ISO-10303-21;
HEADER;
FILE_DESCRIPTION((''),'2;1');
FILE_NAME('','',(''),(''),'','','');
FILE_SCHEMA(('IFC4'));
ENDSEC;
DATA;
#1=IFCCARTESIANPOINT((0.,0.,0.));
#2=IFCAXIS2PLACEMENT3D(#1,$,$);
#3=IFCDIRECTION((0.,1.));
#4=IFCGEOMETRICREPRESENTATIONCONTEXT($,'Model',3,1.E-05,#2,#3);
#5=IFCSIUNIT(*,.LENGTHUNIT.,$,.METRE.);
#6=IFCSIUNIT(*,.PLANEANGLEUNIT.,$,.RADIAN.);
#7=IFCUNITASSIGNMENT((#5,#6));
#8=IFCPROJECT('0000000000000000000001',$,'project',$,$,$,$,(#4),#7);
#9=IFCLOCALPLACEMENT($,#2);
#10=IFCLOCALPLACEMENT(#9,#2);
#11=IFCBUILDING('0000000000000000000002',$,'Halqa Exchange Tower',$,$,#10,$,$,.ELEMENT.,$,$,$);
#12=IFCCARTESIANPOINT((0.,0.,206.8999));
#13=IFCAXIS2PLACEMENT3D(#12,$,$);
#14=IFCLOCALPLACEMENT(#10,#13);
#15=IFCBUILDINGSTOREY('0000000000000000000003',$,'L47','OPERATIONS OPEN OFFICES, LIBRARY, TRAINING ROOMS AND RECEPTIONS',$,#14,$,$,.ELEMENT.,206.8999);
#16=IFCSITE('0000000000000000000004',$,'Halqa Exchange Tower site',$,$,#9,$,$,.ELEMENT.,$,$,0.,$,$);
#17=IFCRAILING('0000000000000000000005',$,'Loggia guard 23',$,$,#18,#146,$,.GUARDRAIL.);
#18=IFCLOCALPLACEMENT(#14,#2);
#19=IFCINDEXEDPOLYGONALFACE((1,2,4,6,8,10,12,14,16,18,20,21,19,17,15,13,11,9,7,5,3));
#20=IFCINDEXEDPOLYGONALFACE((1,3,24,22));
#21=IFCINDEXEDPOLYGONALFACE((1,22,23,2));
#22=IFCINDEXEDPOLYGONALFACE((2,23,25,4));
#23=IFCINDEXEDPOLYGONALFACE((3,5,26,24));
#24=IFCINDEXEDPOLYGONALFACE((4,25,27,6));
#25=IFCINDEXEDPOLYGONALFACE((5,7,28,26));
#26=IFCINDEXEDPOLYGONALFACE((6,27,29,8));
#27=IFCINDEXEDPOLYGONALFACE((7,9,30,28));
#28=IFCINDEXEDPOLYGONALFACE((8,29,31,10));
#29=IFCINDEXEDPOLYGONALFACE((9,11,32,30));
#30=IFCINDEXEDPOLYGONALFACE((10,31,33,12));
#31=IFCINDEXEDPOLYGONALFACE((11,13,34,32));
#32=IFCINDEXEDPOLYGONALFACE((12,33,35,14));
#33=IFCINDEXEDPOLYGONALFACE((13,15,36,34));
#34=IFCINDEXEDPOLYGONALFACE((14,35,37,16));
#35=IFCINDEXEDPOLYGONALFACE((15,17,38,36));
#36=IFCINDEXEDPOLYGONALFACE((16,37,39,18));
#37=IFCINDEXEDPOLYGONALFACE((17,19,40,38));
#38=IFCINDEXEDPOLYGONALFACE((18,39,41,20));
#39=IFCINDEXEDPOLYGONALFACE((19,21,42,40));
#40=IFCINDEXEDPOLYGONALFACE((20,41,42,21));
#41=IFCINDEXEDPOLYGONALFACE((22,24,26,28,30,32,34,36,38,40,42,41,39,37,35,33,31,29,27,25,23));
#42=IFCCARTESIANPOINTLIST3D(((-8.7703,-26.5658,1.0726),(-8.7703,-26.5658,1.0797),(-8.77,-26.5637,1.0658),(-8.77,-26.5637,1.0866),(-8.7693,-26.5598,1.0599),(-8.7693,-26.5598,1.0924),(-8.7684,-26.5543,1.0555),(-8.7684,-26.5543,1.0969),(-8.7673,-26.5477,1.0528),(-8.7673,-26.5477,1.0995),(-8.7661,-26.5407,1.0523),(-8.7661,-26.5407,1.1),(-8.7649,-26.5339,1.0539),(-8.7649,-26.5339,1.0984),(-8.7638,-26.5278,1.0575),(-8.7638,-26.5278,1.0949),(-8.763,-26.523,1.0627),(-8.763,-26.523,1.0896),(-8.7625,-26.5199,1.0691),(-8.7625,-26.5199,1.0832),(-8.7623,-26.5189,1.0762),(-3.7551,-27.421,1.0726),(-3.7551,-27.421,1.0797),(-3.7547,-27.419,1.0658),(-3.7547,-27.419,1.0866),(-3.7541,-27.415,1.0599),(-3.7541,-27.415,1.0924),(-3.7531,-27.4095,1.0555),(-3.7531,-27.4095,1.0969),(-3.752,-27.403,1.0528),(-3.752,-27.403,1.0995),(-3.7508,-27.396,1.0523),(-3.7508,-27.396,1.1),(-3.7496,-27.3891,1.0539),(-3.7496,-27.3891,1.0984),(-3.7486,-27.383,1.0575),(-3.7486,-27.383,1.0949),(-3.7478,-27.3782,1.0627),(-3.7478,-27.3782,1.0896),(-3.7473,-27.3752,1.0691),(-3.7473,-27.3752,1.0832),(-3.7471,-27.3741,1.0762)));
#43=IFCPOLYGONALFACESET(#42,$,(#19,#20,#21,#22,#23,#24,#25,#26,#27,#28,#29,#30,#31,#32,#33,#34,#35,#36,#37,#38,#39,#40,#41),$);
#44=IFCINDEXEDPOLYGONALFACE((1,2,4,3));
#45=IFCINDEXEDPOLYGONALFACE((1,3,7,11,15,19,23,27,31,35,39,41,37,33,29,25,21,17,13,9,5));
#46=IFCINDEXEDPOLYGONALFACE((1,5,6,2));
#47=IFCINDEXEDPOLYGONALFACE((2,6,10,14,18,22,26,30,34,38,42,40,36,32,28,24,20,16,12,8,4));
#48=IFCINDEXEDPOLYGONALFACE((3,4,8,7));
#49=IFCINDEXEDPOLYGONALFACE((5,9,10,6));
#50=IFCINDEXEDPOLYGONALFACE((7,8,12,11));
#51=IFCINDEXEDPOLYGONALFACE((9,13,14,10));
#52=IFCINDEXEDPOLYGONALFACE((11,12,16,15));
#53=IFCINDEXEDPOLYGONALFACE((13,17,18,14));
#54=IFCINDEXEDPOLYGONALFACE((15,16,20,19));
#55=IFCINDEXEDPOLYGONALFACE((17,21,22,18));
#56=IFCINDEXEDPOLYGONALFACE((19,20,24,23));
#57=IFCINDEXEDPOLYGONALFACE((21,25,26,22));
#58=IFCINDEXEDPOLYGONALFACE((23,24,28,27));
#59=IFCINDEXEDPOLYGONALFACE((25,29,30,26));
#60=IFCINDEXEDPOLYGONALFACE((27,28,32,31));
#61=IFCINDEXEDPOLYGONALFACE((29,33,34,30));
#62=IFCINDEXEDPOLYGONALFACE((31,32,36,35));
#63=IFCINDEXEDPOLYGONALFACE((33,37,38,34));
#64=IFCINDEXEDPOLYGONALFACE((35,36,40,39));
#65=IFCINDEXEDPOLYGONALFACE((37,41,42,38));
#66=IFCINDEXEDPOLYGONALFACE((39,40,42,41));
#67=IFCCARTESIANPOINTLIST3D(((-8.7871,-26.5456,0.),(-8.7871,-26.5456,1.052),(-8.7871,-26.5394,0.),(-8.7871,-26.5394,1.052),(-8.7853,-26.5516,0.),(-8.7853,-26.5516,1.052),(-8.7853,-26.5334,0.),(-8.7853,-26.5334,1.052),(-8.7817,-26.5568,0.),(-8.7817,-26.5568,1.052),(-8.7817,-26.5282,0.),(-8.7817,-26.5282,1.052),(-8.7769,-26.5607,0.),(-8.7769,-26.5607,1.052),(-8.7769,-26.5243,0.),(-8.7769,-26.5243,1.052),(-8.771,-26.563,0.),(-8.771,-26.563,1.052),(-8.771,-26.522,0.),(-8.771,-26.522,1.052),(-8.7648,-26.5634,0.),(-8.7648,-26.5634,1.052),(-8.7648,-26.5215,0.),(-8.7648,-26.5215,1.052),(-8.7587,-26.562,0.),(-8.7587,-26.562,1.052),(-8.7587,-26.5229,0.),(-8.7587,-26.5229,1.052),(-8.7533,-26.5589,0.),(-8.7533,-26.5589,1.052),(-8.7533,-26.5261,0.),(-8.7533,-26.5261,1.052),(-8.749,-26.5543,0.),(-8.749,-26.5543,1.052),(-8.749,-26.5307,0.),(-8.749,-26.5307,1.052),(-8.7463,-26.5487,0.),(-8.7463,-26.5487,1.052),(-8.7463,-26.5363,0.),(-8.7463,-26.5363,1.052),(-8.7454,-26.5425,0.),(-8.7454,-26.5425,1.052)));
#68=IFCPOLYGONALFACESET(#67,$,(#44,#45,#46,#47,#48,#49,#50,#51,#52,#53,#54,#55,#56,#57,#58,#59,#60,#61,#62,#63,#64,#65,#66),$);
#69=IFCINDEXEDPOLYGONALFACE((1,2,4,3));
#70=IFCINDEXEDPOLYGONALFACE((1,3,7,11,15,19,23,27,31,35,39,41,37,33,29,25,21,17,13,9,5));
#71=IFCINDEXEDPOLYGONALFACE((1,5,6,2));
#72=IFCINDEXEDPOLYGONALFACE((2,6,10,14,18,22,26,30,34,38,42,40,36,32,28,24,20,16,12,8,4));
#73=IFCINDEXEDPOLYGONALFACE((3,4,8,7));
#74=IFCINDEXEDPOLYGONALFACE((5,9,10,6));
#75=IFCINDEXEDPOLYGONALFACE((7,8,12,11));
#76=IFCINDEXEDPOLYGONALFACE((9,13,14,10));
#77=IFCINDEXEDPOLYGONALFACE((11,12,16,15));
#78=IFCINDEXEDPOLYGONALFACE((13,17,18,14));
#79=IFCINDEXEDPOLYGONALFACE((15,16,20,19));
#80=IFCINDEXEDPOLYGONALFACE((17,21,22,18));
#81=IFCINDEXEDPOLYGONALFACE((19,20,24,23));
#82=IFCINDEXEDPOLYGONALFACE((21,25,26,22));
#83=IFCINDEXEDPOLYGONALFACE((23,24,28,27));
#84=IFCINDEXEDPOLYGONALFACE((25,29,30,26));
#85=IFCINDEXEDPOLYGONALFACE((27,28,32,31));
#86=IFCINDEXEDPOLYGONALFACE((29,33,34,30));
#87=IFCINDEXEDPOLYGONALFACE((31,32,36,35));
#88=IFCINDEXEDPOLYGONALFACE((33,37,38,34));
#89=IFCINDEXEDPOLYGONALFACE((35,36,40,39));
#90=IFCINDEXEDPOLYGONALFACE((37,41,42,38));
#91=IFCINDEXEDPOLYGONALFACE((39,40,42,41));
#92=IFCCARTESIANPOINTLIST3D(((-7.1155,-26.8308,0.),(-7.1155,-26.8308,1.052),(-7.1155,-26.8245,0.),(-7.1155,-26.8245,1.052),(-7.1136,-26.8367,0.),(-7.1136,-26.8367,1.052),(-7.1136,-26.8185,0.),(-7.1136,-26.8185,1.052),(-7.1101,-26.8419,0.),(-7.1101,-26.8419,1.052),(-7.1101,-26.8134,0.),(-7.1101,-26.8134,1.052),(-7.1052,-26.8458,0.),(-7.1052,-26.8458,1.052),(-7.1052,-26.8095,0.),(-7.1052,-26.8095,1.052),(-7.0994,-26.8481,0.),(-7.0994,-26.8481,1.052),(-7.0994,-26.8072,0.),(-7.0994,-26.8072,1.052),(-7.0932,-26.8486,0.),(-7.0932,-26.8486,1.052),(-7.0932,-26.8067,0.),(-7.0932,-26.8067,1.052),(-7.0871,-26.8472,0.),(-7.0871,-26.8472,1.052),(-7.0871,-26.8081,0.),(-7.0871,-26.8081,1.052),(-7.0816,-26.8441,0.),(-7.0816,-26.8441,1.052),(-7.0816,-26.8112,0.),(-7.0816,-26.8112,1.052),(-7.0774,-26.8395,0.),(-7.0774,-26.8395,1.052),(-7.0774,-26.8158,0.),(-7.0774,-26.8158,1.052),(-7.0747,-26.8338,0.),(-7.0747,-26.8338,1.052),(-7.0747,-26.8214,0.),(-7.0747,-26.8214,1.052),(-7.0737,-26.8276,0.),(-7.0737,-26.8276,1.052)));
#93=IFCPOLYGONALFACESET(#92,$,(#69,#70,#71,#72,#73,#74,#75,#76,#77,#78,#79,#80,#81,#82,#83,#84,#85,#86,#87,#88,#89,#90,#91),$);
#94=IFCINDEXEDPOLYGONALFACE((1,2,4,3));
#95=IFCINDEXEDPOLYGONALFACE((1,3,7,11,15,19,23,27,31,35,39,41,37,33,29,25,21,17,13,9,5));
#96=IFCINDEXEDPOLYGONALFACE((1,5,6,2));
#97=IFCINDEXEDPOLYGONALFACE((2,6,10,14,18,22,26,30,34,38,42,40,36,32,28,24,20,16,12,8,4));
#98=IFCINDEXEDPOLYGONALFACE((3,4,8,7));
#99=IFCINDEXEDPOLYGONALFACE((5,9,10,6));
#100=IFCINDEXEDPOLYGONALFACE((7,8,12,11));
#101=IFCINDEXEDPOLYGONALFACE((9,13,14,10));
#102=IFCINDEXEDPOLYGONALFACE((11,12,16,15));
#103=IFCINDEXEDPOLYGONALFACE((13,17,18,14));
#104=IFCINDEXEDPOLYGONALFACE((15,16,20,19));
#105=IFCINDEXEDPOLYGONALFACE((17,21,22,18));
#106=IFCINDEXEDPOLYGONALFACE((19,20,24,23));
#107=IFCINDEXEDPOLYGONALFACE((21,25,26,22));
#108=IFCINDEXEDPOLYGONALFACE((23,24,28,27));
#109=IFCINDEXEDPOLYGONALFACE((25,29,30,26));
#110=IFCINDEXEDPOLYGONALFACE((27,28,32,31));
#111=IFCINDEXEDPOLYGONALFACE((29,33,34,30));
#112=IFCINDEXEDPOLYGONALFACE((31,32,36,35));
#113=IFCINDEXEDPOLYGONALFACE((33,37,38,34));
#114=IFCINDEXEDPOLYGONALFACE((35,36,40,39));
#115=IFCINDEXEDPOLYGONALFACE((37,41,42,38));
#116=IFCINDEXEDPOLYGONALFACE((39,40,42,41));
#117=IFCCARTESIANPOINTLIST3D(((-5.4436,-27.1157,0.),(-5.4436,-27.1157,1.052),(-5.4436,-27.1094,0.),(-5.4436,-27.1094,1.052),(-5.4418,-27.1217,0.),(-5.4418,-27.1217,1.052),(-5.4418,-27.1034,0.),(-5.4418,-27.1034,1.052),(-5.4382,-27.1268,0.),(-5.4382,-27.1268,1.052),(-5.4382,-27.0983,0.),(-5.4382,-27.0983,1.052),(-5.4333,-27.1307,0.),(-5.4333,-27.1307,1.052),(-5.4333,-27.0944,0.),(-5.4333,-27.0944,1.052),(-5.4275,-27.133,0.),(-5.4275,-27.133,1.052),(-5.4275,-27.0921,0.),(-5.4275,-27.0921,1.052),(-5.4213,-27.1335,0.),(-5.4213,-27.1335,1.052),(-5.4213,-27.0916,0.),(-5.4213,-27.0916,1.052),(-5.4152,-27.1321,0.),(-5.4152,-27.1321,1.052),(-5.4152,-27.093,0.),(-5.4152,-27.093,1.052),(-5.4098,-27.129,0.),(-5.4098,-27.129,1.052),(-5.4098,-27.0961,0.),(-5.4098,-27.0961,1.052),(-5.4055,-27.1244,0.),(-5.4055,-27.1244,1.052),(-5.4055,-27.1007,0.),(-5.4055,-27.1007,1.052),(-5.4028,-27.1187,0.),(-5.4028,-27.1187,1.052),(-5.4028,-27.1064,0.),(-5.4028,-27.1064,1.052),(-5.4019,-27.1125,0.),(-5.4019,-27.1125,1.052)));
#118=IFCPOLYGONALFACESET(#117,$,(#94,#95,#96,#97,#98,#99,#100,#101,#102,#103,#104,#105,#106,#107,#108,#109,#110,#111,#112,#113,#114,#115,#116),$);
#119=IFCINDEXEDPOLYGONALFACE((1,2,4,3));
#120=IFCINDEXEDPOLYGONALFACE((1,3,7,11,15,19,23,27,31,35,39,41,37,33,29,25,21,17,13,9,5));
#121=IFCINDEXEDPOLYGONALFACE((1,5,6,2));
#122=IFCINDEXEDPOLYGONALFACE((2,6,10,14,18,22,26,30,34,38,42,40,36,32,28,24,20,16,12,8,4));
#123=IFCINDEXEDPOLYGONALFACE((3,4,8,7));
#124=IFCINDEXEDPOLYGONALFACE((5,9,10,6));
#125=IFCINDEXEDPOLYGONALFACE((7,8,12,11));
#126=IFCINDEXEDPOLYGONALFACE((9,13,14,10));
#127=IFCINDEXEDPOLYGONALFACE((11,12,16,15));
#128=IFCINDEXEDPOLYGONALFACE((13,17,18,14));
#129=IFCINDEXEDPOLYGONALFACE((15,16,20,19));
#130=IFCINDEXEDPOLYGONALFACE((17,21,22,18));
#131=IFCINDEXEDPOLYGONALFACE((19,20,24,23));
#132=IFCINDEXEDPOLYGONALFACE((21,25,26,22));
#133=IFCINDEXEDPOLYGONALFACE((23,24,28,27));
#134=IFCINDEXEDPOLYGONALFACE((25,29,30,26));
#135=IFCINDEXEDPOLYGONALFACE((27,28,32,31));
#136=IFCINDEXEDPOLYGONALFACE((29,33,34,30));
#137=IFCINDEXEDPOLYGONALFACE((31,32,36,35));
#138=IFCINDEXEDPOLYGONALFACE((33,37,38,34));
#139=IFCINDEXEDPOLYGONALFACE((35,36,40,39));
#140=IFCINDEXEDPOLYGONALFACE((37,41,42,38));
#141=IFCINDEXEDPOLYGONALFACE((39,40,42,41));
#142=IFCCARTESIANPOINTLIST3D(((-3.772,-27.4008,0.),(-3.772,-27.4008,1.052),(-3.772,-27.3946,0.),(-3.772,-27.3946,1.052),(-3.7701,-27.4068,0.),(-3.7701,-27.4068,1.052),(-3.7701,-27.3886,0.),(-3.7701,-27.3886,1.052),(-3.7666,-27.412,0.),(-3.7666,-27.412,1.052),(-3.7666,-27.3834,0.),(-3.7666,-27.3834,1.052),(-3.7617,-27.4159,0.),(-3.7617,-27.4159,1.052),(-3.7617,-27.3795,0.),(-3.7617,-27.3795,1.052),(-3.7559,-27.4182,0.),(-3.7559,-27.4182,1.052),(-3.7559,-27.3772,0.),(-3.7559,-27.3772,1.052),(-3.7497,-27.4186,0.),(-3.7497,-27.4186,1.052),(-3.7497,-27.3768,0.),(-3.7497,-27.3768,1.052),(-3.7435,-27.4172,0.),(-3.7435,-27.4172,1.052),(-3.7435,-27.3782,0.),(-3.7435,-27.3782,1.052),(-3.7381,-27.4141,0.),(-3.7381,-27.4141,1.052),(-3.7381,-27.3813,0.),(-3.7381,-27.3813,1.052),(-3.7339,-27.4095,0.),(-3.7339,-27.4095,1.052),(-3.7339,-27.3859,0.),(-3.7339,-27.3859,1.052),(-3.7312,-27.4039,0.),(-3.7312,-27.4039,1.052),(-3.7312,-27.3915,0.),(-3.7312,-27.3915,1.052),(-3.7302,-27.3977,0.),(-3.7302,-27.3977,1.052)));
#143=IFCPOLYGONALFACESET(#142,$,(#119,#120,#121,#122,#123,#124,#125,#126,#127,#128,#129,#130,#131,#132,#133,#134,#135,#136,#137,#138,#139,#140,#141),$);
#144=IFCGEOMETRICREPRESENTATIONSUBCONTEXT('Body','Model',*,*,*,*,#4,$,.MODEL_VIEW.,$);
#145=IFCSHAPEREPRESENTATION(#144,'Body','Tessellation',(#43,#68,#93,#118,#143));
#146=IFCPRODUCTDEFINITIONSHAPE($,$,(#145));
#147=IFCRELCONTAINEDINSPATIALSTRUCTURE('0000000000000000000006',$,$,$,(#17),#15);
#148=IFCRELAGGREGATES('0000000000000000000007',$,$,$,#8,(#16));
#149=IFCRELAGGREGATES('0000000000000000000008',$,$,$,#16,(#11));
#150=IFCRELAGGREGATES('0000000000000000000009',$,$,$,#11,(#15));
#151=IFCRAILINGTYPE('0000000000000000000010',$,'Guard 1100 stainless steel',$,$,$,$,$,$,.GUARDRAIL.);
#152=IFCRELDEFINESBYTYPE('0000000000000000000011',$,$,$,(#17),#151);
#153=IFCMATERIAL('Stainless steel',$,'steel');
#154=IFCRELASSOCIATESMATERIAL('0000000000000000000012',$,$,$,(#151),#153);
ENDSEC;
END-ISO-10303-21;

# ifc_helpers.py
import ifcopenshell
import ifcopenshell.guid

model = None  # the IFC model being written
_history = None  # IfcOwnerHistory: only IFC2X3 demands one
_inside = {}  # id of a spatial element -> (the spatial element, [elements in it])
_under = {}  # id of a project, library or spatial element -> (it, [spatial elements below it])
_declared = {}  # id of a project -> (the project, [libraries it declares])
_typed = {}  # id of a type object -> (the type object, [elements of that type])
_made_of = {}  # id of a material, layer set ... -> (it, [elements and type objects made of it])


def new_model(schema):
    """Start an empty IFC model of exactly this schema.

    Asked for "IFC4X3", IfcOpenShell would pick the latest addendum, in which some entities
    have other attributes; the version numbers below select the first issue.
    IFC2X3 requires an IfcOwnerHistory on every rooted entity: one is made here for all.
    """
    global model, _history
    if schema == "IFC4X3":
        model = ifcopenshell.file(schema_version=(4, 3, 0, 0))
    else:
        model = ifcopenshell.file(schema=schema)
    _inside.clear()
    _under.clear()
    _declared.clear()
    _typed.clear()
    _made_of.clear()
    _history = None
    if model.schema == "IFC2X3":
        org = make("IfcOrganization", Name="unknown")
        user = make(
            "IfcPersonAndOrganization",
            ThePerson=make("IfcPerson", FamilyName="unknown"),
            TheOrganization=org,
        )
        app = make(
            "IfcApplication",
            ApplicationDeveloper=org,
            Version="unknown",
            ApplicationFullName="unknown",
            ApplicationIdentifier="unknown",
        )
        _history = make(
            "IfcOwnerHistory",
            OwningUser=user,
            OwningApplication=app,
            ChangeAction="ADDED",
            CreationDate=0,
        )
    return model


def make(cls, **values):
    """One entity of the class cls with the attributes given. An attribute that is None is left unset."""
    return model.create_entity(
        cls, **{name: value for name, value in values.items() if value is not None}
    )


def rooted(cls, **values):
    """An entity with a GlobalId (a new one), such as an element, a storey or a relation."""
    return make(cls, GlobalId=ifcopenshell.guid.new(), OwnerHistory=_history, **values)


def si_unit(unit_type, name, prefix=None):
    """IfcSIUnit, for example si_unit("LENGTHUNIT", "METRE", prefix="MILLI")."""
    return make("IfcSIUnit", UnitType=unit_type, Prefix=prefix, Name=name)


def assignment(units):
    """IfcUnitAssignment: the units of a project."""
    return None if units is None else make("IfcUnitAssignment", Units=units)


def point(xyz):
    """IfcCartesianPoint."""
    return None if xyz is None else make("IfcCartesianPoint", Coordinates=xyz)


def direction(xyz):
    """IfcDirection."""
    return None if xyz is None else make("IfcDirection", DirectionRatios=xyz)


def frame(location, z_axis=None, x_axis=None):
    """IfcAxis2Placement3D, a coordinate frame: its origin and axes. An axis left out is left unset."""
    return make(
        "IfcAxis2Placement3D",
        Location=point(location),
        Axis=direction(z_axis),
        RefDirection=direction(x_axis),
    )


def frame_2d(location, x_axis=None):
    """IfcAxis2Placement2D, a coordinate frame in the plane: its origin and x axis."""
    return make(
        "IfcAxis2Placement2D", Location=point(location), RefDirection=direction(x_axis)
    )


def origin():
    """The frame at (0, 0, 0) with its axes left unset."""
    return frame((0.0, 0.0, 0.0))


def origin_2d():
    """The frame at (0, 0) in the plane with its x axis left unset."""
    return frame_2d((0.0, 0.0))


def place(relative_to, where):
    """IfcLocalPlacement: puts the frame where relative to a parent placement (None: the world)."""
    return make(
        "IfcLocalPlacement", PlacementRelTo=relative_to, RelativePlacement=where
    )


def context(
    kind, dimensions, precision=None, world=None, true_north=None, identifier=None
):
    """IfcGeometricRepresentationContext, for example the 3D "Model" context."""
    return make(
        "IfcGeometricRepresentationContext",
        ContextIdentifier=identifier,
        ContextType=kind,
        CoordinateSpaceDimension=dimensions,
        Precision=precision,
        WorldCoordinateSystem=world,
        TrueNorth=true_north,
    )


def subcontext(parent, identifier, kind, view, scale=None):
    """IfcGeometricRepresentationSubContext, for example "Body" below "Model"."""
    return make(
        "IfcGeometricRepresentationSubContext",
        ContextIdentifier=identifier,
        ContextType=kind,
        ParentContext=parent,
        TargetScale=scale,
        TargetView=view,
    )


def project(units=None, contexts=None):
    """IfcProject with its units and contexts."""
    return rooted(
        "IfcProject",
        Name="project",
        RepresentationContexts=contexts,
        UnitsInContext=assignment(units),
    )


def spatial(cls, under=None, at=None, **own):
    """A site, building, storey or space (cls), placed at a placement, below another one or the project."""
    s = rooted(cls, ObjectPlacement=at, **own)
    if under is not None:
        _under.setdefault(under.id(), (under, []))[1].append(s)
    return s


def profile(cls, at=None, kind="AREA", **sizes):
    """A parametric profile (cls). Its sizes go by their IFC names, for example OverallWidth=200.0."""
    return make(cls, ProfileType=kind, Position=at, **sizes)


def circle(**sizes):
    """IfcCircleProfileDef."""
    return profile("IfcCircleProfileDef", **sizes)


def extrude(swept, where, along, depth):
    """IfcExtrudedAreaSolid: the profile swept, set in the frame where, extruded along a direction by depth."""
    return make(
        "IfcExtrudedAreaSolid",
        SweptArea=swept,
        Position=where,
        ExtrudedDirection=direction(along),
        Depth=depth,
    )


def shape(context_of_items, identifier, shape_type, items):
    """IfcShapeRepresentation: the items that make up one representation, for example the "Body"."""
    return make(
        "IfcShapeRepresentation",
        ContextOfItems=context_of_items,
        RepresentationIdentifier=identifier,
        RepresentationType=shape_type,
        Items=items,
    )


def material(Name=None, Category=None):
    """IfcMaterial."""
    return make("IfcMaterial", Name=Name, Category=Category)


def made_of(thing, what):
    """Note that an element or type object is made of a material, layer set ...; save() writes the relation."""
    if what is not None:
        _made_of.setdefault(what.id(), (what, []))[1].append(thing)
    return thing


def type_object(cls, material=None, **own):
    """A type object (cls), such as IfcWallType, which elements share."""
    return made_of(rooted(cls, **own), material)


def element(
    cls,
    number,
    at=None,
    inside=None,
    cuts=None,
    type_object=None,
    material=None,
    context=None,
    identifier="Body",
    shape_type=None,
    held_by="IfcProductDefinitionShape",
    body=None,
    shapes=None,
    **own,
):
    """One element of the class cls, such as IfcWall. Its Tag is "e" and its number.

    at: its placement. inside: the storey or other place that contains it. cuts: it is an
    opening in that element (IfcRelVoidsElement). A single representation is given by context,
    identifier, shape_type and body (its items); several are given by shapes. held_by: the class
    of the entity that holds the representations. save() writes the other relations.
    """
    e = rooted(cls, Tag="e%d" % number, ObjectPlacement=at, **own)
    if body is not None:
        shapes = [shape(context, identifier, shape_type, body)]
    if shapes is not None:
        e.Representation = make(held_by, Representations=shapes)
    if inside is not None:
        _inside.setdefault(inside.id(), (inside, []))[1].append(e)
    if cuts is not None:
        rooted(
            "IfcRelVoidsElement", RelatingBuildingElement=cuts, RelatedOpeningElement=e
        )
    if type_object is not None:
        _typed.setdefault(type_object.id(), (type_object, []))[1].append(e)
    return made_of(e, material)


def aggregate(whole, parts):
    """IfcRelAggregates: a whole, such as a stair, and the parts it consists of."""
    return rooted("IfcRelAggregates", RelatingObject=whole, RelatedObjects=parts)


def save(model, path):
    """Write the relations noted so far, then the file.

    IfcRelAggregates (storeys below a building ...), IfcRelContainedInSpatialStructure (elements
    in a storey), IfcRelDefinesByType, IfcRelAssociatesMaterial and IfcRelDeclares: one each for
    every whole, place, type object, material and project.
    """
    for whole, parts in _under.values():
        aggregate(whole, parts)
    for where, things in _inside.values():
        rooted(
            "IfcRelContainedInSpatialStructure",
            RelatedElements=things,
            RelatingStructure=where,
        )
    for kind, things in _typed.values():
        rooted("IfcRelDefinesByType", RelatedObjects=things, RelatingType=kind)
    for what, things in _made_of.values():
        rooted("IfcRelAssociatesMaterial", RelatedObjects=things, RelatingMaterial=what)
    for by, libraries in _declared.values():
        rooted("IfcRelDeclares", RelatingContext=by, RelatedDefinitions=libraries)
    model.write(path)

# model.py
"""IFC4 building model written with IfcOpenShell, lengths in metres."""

from ifc_helpers import new_model, si_unit, direction, frame, origin, origin_2d, place, context, subcontext, project, spatial, circle, extrude, material, type_object, element, save


model = new_model("IFC4")

# Units and contexts
model_context = context("Model", 3, precision=1e-05, world=origin(), true_north=direction((0.0, 1.0)))
body_context = subcontext(model_context, "Body", "Model", "MODEL_VIEW")
ifc_project = project(units=[si_unit("LENGTHUNIT", "METRE"), si_unit("PLANEANGLEUNIT", "RADIAN")], contexts=[model_context])

# Site, building, storey
site_placement = place(None, origin())
site = spatial("IfcSite", under=ifc_project, at=site_placement, Name="Halqa Exchange Tower site", CompositionType="ELEMENT", RefElevation=0.0)
building_placement = place(site_placement, origin())
building = spatial("IfcBuilding", under=site, at=building_placement, Name="Halqa Exchange Tower", CompositionType="ELEMENT")
storey_placement = place(building_placement, frame((0.0, 0.0, 206.8999)))
storey = spatial("IfcBuildingStorey", under=building, at=storey_placement, Name="L47", Description="OPERATIONS OPEN OFFICES, LIBRARY, TRAINING ROOMS AND RECEPTIONS", CompositionType="ELEMENT", Elevation=206.8999)

# Railing
ifc_material_1 = material(Name="Stainless steel", Category="steel")
railing_type = type_object("IfcRailingType", Name="Guard 1100 stainless steel", PredefinedType="GUARDRAIL", material=ifc_material_1)
railing_1_placement = place(storey_placement, frame((-8.7664, -26.5425, 0.0)))
element("IfcRailing", 1, at=railing_1_placement, inside=storey, type_object=railing_type, Name="Loggia guard 23", PredefinedType="GUARDRAIL", context=body_context, shape_type="SweptSolid", body=[
    extrude(circle(Radius=0.0239, at=origin_2d()), frame((0.0, 0.0, 1.0762), z_axis=(0.98577, -0.168102, 0.0), x_axis=(0.168102, 0.98577, 0.0)), (0.0, 0.0, 1.0), 5.0876),
    extrude(circle(Radius=0.021, at=origin_2d()), origin(), (0.0, 0.0, 1.0), 1.052),
    extrude(circle(Radius=0.021, at=origin_2d()), frame((1.6716, -0.2852, 0.0)), (0.0, 0.0, 1.0), 1.052),
    extrude(circle(Radius=0.021, at=origin_2d()), frame((3.3435, -0.5701, 0.0)), (0.0, 0.0, 1.0), 1.052),
    extrude(circle(Radius=0.021, at=origin_2d()), frame((5.0151, -0.8552, 0.0)), (0.0, 0.0, 1.0), 1.052),
])

save(model, "model.ifc")
